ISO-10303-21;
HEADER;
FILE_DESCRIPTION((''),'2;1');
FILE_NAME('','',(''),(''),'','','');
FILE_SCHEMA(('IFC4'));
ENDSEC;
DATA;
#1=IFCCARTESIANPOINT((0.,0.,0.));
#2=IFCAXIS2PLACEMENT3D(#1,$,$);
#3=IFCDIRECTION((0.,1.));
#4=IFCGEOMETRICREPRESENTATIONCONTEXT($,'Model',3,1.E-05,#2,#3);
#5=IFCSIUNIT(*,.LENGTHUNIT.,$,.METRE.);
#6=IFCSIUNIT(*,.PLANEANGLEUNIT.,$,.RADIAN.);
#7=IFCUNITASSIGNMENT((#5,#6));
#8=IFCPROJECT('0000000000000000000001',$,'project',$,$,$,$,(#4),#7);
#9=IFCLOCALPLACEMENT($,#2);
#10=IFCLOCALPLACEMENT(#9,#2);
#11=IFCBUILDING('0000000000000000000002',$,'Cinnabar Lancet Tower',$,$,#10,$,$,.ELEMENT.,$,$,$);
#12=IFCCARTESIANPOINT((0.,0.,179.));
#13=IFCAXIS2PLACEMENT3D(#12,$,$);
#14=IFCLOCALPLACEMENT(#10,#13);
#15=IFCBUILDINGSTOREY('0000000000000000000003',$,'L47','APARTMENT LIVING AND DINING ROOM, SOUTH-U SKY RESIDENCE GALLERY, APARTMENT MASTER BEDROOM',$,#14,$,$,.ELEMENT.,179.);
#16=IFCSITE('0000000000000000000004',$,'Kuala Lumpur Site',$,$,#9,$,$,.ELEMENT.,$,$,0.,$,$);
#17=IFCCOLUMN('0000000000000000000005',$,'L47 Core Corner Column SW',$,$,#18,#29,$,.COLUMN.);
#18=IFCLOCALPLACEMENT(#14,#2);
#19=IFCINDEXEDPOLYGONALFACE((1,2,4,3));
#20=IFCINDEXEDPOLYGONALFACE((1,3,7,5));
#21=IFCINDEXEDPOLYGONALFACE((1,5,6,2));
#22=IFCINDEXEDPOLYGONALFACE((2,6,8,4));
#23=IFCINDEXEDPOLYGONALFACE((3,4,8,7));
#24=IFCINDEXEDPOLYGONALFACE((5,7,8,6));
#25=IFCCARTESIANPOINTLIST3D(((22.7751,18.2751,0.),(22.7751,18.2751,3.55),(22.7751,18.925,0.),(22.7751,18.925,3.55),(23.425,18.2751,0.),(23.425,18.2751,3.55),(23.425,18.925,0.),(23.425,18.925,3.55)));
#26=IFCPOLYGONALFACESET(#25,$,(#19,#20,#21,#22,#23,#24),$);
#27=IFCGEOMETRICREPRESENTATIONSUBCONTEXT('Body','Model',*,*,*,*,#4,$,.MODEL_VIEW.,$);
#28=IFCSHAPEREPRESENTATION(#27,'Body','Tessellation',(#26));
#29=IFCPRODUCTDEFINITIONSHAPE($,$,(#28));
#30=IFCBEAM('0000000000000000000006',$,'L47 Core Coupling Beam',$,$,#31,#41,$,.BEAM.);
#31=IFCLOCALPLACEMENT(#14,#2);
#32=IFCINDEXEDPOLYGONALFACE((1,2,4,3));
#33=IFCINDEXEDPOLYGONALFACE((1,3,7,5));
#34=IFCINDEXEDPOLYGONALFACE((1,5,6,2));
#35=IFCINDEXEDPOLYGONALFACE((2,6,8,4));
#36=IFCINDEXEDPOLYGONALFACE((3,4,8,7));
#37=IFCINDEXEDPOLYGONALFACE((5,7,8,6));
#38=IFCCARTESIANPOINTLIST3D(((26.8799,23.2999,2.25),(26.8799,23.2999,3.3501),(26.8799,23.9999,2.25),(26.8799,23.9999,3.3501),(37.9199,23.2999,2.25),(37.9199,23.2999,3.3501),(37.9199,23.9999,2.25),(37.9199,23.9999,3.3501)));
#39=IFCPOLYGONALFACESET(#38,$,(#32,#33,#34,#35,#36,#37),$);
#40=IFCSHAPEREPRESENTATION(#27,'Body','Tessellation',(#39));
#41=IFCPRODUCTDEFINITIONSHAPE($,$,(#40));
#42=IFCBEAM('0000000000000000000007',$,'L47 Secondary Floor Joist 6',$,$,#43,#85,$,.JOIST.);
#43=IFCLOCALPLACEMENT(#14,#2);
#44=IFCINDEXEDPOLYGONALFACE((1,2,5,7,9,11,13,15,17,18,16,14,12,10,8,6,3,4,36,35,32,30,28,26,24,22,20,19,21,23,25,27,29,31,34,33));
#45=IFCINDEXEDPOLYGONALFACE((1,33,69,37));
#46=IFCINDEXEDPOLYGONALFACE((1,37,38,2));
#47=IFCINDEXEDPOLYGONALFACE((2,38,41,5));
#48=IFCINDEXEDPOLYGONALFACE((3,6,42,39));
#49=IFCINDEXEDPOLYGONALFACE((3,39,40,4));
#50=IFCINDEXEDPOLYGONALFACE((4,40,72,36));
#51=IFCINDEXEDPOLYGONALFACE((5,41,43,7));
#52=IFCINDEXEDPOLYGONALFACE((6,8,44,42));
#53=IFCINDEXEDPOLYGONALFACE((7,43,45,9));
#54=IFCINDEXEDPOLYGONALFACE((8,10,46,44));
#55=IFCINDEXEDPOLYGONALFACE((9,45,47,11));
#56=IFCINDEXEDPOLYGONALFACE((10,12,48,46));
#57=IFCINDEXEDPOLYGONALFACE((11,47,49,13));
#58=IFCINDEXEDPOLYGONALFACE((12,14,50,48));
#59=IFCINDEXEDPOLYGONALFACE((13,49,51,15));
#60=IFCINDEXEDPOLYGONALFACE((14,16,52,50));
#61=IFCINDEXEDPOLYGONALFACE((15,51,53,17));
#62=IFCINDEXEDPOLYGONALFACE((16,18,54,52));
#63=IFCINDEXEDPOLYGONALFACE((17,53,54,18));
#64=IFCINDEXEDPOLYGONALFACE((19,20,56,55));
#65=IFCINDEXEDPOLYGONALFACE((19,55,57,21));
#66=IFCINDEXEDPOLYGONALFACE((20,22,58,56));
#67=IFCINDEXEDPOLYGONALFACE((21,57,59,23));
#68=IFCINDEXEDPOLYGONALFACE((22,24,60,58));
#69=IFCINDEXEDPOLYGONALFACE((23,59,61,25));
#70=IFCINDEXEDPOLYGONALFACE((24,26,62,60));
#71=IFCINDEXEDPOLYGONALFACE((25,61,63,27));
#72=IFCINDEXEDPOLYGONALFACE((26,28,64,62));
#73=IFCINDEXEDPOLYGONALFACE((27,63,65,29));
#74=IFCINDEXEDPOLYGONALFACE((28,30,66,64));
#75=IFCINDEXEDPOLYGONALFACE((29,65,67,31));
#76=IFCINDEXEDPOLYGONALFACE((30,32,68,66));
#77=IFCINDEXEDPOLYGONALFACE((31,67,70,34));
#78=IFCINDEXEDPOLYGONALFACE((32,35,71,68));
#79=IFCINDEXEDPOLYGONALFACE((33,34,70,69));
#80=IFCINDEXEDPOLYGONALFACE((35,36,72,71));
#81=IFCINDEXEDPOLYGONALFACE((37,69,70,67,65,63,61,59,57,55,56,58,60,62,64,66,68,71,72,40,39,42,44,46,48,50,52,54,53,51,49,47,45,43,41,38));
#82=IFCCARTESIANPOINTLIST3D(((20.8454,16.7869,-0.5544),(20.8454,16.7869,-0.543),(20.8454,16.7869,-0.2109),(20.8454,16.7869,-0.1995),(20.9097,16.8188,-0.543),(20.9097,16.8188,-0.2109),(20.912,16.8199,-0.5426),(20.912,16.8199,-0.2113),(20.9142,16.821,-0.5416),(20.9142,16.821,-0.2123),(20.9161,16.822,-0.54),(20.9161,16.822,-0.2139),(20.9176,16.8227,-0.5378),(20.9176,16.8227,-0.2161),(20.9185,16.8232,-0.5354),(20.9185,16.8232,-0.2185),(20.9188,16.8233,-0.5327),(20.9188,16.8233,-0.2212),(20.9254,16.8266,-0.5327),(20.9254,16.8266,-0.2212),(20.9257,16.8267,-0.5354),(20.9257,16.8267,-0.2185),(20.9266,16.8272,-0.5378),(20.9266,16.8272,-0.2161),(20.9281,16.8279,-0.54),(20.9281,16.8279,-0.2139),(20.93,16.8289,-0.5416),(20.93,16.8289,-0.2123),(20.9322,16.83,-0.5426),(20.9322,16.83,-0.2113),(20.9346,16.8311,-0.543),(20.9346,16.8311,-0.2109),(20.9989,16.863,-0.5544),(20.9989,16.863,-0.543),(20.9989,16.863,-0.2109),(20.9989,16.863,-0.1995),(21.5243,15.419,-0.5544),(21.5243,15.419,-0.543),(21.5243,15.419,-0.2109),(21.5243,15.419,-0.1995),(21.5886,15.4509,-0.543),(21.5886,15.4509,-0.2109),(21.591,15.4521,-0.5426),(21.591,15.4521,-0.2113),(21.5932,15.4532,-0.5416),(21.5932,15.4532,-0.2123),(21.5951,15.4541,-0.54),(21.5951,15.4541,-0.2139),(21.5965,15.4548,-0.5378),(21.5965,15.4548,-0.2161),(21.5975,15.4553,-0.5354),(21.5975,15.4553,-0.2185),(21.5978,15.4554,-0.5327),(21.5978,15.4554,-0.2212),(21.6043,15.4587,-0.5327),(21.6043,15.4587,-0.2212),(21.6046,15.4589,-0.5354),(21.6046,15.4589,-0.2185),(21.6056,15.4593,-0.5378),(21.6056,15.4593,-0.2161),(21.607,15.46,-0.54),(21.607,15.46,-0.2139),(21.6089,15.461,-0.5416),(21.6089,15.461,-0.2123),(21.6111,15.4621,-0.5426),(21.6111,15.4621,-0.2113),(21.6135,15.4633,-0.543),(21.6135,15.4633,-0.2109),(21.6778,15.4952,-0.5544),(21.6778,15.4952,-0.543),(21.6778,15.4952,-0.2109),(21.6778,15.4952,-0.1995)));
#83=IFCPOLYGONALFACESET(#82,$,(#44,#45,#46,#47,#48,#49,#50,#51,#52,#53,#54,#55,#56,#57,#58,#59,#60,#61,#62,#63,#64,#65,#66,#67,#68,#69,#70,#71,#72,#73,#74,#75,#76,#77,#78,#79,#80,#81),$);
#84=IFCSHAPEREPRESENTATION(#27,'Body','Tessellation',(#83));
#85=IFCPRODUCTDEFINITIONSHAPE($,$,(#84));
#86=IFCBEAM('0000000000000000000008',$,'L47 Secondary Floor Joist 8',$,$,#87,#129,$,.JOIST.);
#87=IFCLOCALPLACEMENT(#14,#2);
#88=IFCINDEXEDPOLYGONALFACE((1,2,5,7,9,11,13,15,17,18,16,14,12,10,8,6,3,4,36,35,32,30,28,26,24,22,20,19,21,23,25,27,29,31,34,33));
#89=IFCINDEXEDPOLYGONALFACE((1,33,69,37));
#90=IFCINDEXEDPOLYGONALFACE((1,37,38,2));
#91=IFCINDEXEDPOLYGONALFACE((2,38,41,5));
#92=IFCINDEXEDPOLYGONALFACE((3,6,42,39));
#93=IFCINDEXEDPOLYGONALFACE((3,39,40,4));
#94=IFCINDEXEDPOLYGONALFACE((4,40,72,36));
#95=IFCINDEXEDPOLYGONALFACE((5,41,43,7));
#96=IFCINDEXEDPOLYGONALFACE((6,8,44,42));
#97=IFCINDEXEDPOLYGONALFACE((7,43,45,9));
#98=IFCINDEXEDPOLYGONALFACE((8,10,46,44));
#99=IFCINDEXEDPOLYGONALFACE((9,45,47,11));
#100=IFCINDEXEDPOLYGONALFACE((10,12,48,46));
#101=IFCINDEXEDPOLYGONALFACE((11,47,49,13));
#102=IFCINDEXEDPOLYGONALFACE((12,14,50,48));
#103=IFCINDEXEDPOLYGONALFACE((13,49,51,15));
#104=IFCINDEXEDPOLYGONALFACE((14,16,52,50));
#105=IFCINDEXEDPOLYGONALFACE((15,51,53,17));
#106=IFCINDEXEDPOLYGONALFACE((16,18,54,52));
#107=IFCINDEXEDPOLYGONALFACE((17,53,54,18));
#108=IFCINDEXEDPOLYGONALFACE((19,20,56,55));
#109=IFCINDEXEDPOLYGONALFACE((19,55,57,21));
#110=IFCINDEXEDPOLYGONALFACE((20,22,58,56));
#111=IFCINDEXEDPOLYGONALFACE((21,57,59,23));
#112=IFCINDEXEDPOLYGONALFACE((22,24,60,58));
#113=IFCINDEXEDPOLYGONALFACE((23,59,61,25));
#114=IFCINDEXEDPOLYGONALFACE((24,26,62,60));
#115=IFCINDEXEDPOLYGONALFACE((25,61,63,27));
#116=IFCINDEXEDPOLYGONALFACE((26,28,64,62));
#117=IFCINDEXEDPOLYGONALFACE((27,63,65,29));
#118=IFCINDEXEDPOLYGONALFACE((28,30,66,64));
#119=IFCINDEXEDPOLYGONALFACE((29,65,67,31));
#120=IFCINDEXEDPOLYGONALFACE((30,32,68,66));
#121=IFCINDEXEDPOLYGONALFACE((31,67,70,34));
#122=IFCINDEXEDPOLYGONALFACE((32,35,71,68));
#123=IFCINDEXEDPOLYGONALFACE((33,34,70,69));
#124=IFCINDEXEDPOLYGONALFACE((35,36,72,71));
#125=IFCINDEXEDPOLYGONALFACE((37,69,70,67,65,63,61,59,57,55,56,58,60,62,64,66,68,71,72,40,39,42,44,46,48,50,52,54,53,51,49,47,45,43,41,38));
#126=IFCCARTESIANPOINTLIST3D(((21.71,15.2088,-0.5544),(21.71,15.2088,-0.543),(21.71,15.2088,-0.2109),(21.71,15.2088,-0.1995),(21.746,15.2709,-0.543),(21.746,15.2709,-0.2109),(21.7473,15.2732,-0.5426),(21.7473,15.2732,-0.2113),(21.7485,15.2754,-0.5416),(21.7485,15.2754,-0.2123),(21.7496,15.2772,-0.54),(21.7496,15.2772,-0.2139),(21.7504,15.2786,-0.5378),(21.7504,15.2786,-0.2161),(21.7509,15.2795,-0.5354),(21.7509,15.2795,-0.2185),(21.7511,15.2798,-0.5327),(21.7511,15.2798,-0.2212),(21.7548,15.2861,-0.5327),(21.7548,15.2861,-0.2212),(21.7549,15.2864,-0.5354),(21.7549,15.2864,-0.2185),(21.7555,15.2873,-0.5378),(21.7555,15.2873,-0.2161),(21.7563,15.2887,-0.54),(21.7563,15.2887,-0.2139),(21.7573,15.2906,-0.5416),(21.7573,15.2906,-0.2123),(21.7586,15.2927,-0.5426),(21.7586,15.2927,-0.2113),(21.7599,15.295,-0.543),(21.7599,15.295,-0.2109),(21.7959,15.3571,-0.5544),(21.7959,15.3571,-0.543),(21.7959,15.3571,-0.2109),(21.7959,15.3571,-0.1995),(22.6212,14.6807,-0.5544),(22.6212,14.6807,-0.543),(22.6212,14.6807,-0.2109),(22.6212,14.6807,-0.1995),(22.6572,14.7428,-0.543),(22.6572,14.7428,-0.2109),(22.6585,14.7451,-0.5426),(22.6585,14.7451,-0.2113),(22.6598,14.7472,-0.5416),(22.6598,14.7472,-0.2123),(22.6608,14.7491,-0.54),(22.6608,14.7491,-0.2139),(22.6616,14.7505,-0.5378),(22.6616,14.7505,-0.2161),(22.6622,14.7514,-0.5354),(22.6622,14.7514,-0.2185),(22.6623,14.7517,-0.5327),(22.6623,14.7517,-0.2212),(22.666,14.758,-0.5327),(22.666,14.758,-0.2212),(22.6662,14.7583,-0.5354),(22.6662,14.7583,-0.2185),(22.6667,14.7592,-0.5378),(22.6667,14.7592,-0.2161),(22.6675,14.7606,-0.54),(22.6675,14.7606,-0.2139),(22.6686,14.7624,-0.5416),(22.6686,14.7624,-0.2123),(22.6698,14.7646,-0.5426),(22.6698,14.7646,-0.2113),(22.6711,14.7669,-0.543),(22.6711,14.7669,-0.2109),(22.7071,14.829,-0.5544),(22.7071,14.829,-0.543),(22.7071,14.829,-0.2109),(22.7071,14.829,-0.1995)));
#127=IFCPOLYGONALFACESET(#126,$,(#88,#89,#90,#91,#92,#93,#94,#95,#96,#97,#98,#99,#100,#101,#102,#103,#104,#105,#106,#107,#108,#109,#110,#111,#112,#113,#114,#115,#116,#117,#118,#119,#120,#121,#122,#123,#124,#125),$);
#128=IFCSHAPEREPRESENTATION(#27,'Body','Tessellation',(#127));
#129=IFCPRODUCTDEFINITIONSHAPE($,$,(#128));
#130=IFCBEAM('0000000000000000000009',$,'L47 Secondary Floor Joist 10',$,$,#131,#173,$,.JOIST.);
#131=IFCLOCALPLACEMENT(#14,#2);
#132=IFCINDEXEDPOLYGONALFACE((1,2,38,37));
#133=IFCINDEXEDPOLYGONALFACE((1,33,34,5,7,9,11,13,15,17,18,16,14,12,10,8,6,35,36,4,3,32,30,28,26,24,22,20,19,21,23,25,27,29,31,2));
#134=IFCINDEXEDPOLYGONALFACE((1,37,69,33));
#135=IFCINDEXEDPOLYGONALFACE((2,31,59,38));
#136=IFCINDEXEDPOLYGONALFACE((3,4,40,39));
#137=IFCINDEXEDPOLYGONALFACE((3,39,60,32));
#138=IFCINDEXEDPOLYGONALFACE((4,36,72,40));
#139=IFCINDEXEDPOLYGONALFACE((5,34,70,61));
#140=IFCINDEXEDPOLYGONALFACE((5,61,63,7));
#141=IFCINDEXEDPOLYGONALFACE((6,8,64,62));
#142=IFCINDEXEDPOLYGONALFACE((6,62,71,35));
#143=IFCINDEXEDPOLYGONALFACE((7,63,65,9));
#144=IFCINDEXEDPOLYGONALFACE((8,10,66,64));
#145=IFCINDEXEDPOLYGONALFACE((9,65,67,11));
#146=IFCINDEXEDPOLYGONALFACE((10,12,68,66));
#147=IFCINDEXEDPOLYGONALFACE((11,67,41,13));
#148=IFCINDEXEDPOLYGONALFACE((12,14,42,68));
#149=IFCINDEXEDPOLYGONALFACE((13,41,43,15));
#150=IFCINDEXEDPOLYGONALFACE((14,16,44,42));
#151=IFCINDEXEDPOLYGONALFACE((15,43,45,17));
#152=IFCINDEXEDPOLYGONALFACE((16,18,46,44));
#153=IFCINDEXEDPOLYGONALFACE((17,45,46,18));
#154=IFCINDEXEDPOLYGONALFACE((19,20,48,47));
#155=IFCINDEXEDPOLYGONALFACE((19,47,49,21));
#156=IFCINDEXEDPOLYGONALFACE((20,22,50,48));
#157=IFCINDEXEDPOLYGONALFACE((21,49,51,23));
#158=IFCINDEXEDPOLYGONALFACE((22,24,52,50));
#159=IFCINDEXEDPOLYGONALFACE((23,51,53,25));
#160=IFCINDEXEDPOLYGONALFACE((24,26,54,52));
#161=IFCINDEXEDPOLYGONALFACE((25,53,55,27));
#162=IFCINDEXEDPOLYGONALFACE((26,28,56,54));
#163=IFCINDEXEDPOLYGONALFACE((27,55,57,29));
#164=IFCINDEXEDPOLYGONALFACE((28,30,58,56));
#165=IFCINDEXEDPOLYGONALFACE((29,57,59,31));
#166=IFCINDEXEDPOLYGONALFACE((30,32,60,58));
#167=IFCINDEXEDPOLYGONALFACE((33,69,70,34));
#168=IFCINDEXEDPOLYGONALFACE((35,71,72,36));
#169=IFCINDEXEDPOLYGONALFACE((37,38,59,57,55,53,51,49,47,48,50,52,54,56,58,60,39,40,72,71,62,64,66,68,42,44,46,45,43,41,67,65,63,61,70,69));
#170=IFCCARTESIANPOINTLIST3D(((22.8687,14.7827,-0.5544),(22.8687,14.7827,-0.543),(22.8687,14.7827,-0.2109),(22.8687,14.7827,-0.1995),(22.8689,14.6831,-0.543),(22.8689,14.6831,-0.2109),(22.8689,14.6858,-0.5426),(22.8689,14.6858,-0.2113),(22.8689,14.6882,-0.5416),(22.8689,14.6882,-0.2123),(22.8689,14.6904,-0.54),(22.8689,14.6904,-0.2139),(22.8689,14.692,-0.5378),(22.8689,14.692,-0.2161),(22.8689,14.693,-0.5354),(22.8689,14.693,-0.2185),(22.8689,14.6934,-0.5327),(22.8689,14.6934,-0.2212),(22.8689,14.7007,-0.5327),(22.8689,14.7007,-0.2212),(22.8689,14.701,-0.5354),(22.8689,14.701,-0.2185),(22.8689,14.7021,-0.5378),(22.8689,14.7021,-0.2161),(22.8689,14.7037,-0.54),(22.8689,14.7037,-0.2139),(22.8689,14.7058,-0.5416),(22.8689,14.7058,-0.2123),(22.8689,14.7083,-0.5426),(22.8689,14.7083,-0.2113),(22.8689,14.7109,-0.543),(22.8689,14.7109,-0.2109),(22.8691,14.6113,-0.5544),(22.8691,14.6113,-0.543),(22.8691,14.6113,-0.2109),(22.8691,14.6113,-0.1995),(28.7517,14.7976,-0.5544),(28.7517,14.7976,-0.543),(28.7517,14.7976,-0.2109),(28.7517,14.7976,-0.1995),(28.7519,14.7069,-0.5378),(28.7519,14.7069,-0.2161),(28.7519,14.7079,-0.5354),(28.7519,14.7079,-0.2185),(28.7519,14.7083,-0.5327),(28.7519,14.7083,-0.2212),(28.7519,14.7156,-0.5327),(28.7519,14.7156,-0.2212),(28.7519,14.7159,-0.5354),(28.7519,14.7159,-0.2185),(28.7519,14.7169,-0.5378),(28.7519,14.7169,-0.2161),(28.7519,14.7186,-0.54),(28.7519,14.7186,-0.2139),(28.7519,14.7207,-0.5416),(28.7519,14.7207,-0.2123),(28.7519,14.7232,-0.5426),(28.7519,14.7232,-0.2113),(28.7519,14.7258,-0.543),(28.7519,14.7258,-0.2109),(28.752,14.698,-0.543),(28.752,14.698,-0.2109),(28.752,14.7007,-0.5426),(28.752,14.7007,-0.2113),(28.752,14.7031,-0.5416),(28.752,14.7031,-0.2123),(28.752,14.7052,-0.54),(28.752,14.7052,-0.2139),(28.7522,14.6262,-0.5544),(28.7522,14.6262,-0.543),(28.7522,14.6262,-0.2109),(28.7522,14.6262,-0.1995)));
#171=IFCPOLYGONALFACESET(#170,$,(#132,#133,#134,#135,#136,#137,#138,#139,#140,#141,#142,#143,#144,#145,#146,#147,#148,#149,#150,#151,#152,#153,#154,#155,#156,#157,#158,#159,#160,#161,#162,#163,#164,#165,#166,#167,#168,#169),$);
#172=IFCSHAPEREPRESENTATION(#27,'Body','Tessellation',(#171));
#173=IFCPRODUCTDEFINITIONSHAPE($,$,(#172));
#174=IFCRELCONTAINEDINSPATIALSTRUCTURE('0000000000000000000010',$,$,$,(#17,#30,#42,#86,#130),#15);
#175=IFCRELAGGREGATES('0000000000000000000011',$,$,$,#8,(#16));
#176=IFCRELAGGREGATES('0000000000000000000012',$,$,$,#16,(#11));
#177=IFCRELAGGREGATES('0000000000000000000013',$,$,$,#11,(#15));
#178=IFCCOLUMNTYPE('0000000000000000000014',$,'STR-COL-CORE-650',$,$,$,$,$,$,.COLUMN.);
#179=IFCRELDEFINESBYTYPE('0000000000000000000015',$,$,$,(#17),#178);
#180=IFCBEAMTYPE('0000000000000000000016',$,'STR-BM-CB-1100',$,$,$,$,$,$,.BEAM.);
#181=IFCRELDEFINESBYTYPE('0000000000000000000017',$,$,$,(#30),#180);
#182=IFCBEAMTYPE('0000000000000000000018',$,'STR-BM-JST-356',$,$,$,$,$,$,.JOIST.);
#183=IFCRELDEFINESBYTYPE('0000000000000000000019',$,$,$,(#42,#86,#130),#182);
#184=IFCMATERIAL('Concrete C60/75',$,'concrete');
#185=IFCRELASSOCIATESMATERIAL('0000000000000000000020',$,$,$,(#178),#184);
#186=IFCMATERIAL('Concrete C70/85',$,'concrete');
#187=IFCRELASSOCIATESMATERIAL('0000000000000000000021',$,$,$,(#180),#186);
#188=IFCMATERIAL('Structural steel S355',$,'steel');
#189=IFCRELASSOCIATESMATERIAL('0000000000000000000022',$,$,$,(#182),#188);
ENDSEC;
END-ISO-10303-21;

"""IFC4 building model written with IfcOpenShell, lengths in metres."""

from ifc_helpers import new_model, si_unit, direction, frame, origin, origin_2d, place, context, subcontext, project, spatial, rectangle, i_section, extrude, material, material_profile, profile_set, type_object, element, save


model = new_model("IFC4")

# Units and contexts
model_context = context("Model", 3, precision=1e-05, world=origin(), true_north=direction((0.0, 1.0)))
body_context = subcontext(model_context, "Body", "Model", "MODEL_VIEW")
ifc_project = project(units=[si_unit("LENGTHUNIT", "METRE"), si_unit("PLANEANGLEUNIT", "RADIAN")], contexts=[model_context])

# Site, building, storey
site_placement = place(None, origin())
site = spatial("IfcSite", under=ifc_project, at=site_placement, Name="Kuala Lumpur Site", CompositionType="ELEMENT", RefElevation=0.0)
building_placement = place(site_placement, origin())
building = spatial("IfcBuilding", under=site, at=building_placement, Name="Cinnabar Lancet Tower", CompositionType="ELEMENT")
storey_placement = place(building_placement, frame((0.0, 0.0, 179.0)))
storey = spatial("IfcBuildingStorey", under=building, at=storey_placement, Name="L47", Description="APARTMENT LIVING AND DINING ROOM, SOUTH-U SKY RESIDENCE GALLERY, APARTMENT MASTER BEDROOM", CompositionType="ELEMENT", Elevation=179.0)

# Column
ifc_material_1 = material(Name="Concrete C60/75", Category="concrete")
ifc_material_profile_1 = material_profile(ifc_material_1, rectangle(XDim=0.6499, YDim=0.6499, at=origin_2d()), Name="RC-COL 650x650")
ifc_profile_set_1 = profile_set([ifc_material_profile_1], Name="Concrete C60/75")
column_type = type_object("IfcColumnType", Name="STR-COL-CORE-650", PredefinedType="COLUMN", material=ifc_profile_set_1)
column_placement = place(storey_placement, frame((23.1001, 18.6001, 0.0), z_axis=(0.0, 0.0, 1.0), x_axis=(1.0, 0.0, 0.0)))
element("IfcColumn", 1, at=column_placement, inside=storey, type_object=column_type, Name="L47 Core Corner Column SW", PredefinedType="COLUMN", context=body_context, shape_type="SweptSolid", body=[
    extrude(rectangle(XDim=0.6499, YDim=0.6499, at=origin_2d()), origin(), (0.0, 0.0, 1.0), 3.55),
])

# Beams
ifc_material_2 = material(Name="Concrete C70/85", Category="concrete")
ifc_material_profile_2 = material_profile(ifc_material_2, rectangle(XDim=0.7, YDim=1.1001, at=origin_2d()), Name="RC-CB 700x1100")
ifc_profile_set_2 = profile_set([ifc_material_profile_2], Name="Concrete C70/85")
beam_type_1 = type_object("IfcBeamType", Name="STR-BM-CB-1100", PredefinedType="BEAM", material=ifc_profile_set_2)
beam_1_placement = place(storey_placement, frame((26.8799, 23.6499, 2.8), z_axis=(1.0, 0.0, 0.0), x_axis=(0.0, 1.0, 0.0)))
element("IfcBeam", 2, at=beam_1_placement, inside=storey, type_object=beam_type_1, Name="L47 Core Coupling Beam", PredefinedType="BEAM", context=body_context, shape_type="SweptSolid", body=[
    extrude(rectangle(XDim=0.7, YDim=1.1001, at=origin_2d()), origin(), (0.0, 0.0, 1.0), 11.04),
])
ifc_material_3 = material(Name="Structural steel S355", Category="steel")
ifc_material_profile_3 = material_profile(ifc_material_3, i_section(OverallWidth=0.1714, OverallDepth=0.355, WebThickness=0.0073, FlangeThickness=0.0115, FilletRadius=0.0103, at=origin_2d()), Name="UKB 356x171x51")
ifc_profile_set_3 = profile_set([ifc_material_profile_3], Name="Structural steel S355")
beam_type_2 = type_object("IfcBeamType", Name="STR-BM-JST-356", PredefinedType="JOIST", material=ifc_profile_set_3)
beam_2_placement = place(storey_placement, frame((20.9221, 16.825, -0.377), z_axis=(0.44459, -0.895734, 0.0), x_axis=(0.895734, 0.44459, 0.0)))
element("IfcBeam", 3, at=beam_2_placement, inside=storey, type_object=beam_type_2, Name="L47 Secondary Floor Joist 6", PredefinedType="JOIST", context=body_context, shape_type="SweptSolid", body=[
    extrude(i_section(OverallWidth=0.1714, OverallDepth=0.355, WebThickness=0.0073, FlangeThickness=0.0115, FilletRadius=0.0103, at=origin_2d()), origin(), (0.0, 0.0, 1.0), 1.5271),
])
beam_3_placement = place(storey_placement, frame((21.7529, 15.283, -0.377), z_axis=(0.865188, -0.501447, 0.0), x_axis=(0.501447, 0.865188, 0.0)))
element("IfcBeam", 4, at=beam_3_placement, inside=storey, type_object=beam_type_2, Name="L47 Secondary Floor Joist 8", PredefinedType="JOIST", context=body_context, shape_type="SweptSolid", body=[
    extrude(i_section(OverallWidth=0.1714, OverallDepth=0.355, WebThickness=0.0073, FlangeThickness=0.0115, FilletRadius=0.0103, at=origin_2d()), origin(), (0.0, 0.0, 1.0), 1.0532),
])
beam_4_placement = place(storey_placement, frame((22.8689, 14.697, -0.377), z_axis=(0.999997, 0.002531, 0.0), x_axis=(-0.002531, 0.999997, 0.0)))
element("IfcBeam", 5, at=beam_4_placement, inside=storey, type_object=beam_type_2, Name="L47 Secondary Floor Joist 10", PredefinedType="JOIST", context=body_context, shape_type="SweptSolid", body=[
    extrude(i_section(OverallWidth=0.1714, OverallDepth=0.355, WebThickness=0.0073, FlangeThickness=0.0115, FilletRadius=0.0103, at=origin_2d()), origin(), (0.0, 0.0, 1.0), 5.8831),
])

save(model, "model.ifc")
